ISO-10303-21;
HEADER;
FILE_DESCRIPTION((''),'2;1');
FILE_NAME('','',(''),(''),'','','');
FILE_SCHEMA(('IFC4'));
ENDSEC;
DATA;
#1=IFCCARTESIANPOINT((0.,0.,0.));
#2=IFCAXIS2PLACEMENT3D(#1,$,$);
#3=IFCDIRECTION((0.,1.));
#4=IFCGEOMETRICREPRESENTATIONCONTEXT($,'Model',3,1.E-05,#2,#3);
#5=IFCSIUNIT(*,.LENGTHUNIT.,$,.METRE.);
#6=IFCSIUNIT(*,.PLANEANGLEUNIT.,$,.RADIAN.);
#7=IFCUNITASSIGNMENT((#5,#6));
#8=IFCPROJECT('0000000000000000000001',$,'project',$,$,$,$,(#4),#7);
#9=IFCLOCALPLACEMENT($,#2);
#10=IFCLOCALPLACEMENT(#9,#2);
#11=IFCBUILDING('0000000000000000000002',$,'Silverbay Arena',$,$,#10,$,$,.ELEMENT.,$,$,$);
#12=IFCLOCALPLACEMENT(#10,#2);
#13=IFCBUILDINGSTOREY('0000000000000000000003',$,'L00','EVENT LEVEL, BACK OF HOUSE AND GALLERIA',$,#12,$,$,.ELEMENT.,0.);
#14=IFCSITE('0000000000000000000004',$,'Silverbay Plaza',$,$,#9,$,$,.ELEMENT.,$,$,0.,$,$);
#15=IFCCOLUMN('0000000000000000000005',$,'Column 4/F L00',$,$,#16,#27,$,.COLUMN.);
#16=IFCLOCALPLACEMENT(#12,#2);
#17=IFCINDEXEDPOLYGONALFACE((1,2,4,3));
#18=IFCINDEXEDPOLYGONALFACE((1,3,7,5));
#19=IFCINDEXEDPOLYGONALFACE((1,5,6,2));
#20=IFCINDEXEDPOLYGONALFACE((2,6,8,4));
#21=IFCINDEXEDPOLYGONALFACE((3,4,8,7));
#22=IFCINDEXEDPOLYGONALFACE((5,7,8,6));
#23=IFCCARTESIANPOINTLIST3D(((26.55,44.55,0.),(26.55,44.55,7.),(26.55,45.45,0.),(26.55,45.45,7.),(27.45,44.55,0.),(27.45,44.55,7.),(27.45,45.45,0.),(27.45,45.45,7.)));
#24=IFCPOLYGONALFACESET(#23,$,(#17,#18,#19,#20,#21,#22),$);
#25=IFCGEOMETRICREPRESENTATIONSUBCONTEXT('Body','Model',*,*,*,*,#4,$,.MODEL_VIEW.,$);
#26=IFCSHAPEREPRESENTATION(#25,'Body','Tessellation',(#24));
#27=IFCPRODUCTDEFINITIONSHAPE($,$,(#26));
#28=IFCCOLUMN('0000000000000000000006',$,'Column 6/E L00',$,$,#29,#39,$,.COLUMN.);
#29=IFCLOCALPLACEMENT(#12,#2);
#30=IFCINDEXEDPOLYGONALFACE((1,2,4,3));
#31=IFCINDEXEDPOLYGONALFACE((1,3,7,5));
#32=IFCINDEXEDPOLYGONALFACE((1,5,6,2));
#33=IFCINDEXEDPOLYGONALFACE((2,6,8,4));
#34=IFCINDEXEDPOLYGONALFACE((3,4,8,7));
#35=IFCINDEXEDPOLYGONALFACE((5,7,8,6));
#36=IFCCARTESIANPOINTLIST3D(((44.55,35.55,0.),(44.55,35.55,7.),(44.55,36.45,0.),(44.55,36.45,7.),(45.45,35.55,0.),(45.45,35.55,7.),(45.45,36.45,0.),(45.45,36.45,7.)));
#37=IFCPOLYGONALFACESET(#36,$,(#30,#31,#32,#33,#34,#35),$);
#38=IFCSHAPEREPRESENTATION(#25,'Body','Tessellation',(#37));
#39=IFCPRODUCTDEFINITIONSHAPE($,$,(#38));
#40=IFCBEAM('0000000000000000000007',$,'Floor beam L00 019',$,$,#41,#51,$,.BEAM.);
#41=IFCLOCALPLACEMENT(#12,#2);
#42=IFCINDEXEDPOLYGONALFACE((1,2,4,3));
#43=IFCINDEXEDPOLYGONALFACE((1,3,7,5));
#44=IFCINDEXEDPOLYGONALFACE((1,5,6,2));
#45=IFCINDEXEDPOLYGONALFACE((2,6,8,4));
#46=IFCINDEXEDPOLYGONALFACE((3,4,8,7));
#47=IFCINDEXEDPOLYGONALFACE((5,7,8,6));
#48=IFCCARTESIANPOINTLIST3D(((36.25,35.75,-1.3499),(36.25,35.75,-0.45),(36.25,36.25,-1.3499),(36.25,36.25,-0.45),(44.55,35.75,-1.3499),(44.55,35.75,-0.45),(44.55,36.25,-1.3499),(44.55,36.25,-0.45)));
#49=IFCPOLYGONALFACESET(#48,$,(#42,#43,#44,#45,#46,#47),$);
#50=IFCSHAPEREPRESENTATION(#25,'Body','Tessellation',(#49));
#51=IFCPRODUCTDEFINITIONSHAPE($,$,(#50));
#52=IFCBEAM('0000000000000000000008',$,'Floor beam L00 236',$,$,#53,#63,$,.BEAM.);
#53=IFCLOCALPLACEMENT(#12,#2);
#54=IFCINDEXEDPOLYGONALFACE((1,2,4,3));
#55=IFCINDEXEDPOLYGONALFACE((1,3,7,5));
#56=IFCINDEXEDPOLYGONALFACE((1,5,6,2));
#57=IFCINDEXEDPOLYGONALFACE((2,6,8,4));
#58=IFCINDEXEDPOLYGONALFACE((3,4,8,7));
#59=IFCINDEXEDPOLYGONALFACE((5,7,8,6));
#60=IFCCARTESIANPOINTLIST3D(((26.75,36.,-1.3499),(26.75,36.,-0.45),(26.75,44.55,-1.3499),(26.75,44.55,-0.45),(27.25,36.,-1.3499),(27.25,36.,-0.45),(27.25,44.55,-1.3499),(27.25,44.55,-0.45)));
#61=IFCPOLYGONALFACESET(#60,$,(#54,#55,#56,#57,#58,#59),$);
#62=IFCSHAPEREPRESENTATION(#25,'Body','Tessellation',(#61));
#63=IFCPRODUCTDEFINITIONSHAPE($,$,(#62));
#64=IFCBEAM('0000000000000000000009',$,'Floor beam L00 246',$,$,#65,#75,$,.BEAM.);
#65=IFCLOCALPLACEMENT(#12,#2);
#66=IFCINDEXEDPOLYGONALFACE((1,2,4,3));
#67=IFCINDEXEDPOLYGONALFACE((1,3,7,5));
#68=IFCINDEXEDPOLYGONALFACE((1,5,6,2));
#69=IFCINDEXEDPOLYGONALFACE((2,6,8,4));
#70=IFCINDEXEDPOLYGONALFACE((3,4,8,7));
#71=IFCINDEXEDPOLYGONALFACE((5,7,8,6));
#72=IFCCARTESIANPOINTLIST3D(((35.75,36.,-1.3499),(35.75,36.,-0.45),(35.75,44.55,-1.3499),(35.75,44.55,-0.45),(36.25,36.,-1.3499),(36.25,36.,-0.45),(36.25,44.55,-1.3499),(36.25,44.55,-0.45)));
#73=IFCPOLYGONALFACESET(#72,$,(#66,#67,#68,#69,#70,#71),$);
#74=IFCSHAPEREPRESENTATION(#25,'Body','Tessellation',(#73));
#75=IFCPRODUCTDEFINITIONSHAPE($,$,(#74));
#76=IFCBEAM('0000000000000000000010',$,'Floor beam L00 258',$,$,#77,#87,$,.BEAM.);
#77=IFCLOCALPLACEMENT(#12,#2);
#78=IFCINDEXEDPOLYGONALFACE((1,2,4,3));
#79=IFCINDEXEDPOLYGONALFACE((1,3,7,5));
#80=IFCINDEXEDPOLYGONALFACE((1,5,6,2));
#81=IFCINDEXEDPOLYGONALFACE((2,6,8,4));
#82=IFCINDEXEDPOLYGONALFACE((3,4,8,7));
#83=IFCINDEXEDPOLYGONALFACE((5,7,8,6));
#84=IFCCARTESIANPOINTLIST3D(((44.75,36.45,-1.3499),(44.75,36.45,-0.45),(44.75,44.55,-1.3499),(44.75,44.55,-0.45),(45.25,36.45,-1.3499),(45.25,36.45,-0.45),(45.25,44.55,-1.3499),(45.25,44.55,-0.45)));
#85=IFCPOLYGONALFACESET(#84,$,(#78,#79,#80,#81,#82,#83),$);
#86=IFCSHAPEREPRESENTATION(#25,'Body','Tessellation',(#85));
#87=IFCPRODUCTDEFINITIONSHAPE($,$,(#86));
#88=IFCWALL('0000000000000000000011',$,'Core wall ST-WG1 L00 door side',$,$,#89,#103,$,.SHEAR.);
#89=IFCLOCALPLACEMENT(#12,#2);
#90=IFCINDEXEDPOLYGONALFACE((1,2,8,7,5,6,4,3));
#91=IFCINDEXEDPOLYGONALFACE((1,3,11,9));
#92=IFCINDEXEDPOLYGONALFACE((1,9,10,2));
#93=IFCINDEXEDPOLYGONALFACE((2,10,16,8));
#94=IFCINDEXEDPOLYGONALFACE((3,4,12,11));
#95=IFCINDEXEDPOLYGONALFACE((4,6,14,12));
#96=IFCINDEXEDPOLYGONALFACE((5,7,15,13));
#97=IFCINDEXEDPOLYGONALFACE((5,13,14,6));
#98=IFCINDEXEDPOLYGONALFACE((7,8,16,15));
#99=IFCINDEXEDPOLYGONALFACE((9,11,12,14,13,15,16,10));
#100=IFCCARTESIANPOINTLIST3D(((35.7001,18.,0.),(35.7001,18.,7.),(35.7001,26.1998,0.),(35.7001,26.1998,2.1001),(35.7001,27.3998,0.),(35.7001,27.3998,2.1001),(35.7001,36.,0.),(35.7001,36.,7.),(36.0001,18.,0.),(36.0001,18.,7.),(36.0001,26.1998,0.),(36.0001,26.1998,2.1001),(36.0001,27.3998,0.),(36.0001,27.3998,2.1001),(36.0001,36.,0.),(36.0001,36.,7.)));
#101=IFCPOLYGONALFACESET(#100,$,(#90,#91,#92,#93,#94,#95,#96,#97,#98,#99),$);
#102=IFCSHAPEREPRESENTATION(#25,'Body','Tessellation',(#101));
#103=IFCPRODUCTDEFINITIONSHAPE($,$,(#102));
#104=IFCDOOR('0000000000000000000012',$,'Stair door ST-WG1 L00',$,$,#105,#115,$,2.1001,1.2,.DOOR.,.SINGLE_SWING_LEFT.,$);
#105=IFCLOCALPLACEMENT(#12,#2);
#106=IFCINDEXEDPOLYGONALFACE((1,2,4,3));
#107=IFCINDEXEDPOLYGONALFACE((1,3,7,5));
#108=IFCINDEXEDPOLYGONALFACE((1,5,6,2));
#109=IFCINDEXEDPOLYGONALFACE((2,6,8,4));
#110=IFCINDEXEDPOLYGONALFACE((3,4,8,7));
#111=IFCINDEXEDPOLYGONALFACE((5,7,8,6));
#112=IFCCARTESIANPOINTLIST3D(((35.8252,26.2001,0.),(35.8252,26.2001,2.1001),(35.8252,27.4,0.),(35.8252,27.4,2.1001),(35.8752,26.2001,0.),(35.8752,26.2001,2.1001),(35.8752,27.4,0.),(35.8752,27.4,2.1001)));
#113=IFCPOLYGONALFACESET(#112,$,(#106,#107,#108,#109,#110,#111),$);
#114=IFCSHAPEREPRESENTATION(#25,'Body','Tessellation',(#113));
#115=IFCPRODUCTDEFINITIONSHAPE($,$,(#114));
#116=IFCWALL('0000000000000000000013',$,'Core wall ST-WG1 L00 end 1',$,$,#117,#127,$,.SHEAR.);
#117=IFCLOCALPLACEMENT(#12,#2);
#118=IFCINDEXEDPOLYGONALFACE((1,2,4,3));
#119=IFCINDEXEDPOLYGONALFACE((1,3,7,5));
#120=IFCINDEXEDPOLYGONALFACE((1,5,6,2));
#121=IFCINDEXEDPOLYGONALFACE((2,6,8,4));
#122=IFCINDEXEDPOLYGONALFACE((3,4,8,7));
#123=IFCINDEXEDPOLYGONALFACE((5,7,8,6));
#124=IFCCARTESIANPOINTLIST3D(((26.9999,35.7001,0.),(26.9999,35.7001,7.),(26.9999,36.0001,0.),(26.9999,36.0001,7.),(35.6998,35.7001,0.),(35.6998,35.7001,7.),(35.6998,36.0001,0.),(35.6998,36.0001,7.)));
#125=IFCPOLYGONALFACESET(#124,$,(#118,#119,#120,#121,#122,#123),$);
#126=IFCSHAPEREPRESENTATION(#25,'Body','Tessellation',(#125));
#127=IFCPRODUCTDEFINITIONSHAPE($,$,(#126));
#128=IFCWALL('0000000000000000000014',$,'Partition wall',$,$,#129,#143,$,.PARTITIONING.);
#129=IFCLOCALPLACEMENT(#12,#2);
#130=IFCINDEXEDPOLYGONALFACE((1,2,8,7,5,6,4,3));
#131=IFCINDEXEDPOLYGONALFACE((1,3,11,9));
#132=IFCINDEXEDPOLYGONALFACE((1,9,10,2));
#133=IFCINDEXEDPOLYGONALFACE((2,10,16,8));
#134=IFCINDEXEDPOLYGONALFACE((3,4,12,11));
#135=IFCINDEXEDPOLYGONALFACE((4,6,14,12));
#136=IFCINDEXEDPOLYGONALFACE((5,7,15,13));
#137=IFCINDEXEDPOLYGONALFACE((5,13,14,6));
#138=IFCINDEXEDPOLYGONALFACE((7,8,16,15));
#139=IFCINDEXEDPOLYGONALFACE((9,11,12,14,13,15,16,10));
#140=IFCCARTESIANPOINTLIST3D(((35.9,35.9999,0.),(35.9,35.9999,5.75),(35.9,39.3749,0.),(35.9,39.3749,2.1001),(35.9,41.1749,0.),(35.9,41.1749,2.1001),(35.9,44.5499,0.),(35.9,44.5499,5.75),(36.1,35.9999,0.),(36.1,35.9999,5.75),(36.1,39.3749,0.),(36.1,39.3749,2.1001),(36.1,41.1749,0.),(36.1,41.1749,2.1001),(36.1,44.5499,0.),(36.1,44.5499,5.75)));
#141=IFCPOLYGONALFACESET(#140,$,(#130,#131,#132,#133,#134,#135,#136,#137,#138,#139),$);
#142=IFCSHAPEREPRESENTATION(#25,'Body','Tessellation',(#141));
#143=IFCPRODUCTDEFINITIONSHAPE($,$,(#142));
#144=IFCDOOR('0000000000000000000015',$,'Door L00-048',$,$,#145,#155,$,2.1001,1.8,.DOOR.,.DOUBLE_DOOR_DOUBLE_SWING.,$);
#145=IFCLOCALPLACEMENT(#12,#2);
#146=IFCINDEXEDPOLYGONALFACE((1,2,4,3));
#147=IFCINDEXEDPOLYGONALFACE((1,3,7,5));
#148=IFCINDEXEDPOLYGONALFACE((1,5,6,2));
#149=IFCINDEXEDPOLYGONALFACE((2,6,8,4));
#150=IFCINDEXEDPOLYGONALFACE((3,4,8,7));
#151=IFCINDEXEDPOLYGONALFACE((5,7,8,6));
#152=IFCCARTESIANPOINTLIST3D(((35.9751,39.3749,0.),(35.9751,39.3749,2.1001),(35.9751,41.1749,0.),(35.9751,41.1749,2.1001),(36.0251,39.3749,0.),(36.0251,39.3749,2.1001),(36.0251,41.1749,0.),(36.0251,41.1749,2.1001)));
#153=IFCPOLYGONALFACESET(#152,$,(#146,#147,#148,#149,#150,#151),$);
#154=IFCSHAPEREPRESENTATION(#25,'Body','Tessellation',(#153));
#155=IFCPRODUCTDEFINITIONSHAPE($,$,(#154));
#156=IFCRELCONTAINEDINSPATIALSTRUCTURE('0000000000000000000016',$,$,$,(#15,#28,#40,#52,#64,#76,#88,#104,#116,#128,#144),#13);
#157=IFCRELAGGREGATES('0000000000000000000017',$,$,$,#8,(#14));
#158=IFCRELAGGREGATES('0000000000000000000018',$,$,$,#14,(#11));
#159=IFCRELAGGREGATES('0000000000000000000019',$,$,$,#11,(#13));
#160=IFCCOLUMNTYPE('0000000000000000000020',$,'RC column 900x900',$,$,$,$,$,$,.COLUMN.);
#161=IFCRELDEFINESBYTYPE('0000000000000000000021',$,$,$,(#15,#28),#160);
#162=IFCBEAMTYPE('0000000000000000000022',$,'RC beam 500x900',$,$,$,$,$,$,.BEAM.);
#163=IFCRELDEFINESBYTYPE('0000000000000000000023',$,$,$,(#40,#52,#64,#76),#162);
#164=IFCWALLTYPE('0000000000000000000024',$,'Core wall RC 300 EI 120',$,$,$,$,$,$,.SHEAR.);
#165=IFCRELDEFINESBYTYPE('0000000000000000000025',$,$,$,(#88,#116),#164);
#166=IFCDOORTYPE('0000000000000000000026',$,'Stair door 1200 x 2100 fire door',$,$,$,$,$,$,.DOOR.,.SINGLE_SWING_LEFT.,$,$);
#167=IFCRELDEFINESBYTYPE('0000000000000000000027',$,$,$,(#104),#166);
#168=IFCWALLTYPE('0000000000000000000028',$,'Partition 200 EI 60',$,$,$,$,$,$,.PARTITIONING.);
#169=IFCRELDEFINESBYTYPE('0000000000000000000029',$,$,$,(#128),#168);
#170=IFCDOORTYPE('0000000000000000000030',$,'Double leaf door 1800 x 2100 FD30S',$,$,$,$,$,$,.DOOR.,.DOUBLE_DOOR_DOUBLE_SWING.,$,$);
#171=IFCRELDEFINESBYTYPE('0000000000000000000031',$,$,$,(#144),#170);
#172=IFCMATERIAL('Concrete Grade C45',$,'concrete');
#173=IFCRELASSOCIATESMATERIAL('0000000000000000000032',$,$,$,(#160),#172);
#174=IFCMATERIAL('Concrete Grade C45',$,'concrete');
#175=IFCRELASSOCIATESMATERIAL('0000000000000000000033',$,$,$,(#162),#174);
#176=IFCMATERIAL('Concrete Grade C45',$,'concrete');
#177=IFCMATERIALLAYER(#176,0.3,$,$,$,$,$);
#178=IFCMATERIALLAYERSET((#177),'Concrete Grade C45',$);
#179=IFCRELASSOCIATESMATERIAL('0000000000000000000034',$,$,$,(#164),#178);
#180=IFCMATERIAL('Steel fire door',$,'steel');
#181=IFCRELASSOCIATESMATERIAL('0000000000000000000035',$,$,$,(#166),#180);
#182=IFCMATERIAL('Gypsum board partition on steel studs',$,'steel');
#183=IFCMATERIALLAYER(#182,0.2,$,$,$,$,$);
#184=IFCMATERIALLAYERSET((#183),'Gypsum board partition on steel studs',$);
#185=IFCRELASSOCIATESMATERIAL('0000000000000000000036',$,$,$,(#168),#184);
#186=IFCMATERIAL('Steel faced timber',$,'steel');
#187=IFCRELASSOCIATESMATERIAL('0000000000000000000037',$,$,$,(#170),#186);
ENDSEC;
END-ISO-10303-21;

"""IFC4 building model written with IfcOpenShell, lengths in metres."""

from ifc_helpers import new_model, si_unit, direction, frame, frame_2d, origin, origin_2d, place, context, subcontext, project, spatial, rectangle, extrude, material, layer, layer_set, material_profile, profile_set, type_object, element, fill, save


model = new_model("IFC4")

# Units and contexts
model_context = context("Model", 3, precision=1e-05, world=origin(), true_north=direction((0.0, 1.0)))
body_context = subcontext(model_context, "Body", "Model", "MODEL_VIEW")
ifc_project = project(units=[si_unit("LENGTHUNIT", "METRE"), si_unit("PLANEANGLEUNIT", "RADIAN")], contexts=[model_context])

# Site, building, storey
site_placement = place(None, origin())
site = spatial("IfcSite", under=ifc_project, at=site_placement, Name="Silverbay Plaza", CompositionType="ELEMENT", RefElevation=0.0)
building_placement = place(site_placement, origin())
building = spatial("IfcBuilding", under=site, at=building_placement, Name="Silverbay Arena", CompositionType="ELEMENT")
storey_placement = place(building_placement, origin())
storey = spatial("IfcBuildingStorey", under=building, at=storey_placement, Name="L00", Description="EVENT LEVEL, BACK OF HOUSE AND GALLERIA", CompositionType="ELEMENT", Elevation=0.0)

# Columns
ifc_material_1 = material(Name="Concrete Grade C45", Category="concrete")
ifc_material_profile_1 = material_profile(ifc_material_1, rectangle(XDim=0.8999, YDim=0.8999, at=origin_2d()), Name="RC 900x900")
ifc_profile_set_1 = profile_set([ifc_material_profile_1], Name="Concrete Grade C45")
column_type = type_object("IfcColumnType", Name="RC column 900x900", PredefinedType="COLUMN", material=ifc_profile_set_1)
for number, where, z_axis, x_axis, name in (
    (1, (27.0, 45.0, 0.0), (0.0, 0.0, 1.0), (1.0, 0.0, 0.0), "Column 4/F L00"),
    (2, (45.0, 36.0, 0.0), (0.0, 0.0, 1.0), (1.0, 0.0, 0.0), "Column 6/E L00"),
):
    element("IfcColumn", number, at=place(storey_placement, frame(where, z_axis=z_axis, x_axis=x_axis)), inside=storey, type_object=column_type, Name=name, PredefinedType="COLUMN", context=body_context, shape_type="SweptSolid", body=[
        extrude(rectangle(XDim=0.8999, YDim=0.8999, at=origin_2d()), origin(), (0.0, 0.0, 1.0), 7.0),
    ])

# Beams
ifc_material_2 = material(Name="Concrete Grade C45", Category="concrete")
ifc_material_profile_2 = material_profile(ifc_material_2, rectangle(XDim=0.5, YDim=0.8999, at=origin_2d()), Name="RC 500x900")
ifc_profile_set_2 = profile_set([ifc_material_profile_2], Name="Concrete Grade C45")
beam_type = type_object("IfcBeamType", Name="RC beam 500x900", PredefinedType="BEAM", material=ifc_profile_set_2)
beam_1_placement = place(storey_placement, frame((36.25, 36.0, -0.8999), z_axis=(1.0, 0.0, 0.0), x_axis=(0.0, 1.0, 0.0)))
element("IfcBeam", 3, at=beam_1_placement, inside=storey, type_object=beam_type, Name="Floor beam L00 019", PredefinedType="BEAM", context=body_context, shape_type="SweptSolid", body=[
    extrude(rectangle(XDim=0.5, YDim=0.8999, at=origin_2d()), origin(), (0.0, 0.0, 1.0), 8.3),
])
for number, where, z_axis, x_axis, name in (
    (4, (27.0, 36.0, -0.8999), (0.0, 1.0, 0.0), (-1.0, 0.0, 0.0), "Floor beam L00 236"),
    (5, (36.0, 36.0, -0.8999), (0.0, 1.0, 0.0), (-1.0, 0.0, 0.0), "Floor beam L00 246"),
):
    element("IfcBeam", number, at=place(storey_placement, frame(where, z_axis=z_axis, x_axis=x_axis)), inside=storey, type_object=beam_type, Name=name, PredefinedType="BEAM", context=body_context, shape_type="SweptSolid", body=[
        extrude(rectangle(XDim=0.5, YDim=0.8999, at=origin_2d()), origin(), (0.0, 0.0, 1.0), 8.55),
    ])
beam_2_placement = place(storey_placement, frame((45.0, 36.45, -0.8999), z_axis=(0.0, 1.0, 0.0), x_axis=(-1.0, 0.0, 0.0)))
element("IfcBeam", 6, at=beam_2_placement, inside=storey, type_object=beam_type, Name="Floor beam L00 258", PredefinedType="BEAM", context=body_context, shape_type="SweptSolid", body=[
    extrude(rectangle(XDim=0.5, YDim=0.8999, at=origin_2d()), origin(), (0.0, 0.0, 1.0), 8.1001),
])

# Wall, opening, door
ifc_material_3 = material(Name="Concrete Grade C45", Category="concrete")
ifc_layer_1 = layer(ifc_material_3, 0.3)
ifc_layer_set_1 = layer_set([ifc_layer_1], Name="Concrete Grade C45")
wall_type_1 = type_object("IfcWallType", Name="Core wall RC 300 EI 120", PredefinedType="SHEAR", material=ifc_layer_set_1)
wall_1_placement = place(storey_placement, frame((35.8501, 36.0, 0.0), z_axis=(0.0, 0.0, 1.0), x_axis=(0.0, -1.0, 0.0)))
wall_1 = element("IfcWall", 7, at=wall_1_placement, inside=storey, type_object=wall_type_1, Name="Core wall ST-WG1 L00 door side", PredefinedType="SHEAR", context=body_context, shape_type="SweptSolid", body=[
    extrude(rectangle(XDim=18.0, YDim=0.3, at=frame_2d((9.0, 0.0))), origin(), (0.0, 0.0, 1.0), 7.0),
])
opening_1_placement = place(wall_1_placement, frame((8.6001, 0.0, 0.0)))
opening_1 = element("IfcOpeningElement", 8, at=opening_1_placement, cuts=wall_1, PredefinedType="OPENING", context=body_context, shape_type="SweptSolid", body=[
    extrude(rectangle(XDim=1.2, YDim=2.1001, at=frame_2d((0.6001, 1.05))), frame((0.0, 0.1602, 0.0), z_axis=(0.0, -1.0, 0.0), x_axis=(1.0, 0.0, 0.0)), (0.0, 0.0, 1.0), 0.3201),
])
ifc_material_4 = material(Name="Steel fire door", Category="steel")
door_type_1 = type_object("IfcDoorType", Name="Stair door 1200 x 2100 fire door", OperationType="SINGLE_SWING_LEFT", PredefinedType="DOOR", material=ifc_material_4)
door_1_placement = place(opening_1_placement, frame((1.2, 0.0, 0.0), z_axis=(0.0, 0.0, 1.0), x_axis=(-1.0, 0.0, 0.0)))
door_1 = element("IfcDoor", 9, at=door_1_placement, inside=storey, type_object=door_type_1, Name="Stair door ST-WG1 L00", OperationType="SINGLE_SWING_LEFT", OverallHeight=2.1001, OverallWidth=1.2, PredefinedType="DOOR", context=body_context, shape_type="SweptSolid", body=[
    extrude(rectangle(XDim=1.2, YDim=2.1001, at=frame_2d((0.6001, 1.05))), frame((0.0, 0.0249, 0.0), z_axis=(0.0, -1.0, 0.0), x_axis=(1.0, 0.0, 0.0)), (0.0, 0.0, 1.0), 0.05),
])
fill(opening_1, door_1)

# Wall
wall_2_placement = place(storey_placement, frame((35.7, 35.8501, 0.0), z_axis=(0.0, 0.0, 1.0), x_axis=(-1.0, 0.0, 0.0)))
element("IfcWall", 10, at=wall_2_placement, inside=storey, type_object=wall_type_1, Name="Core wall ST-WG1 L00 end 1", PredefinedType="SHEAR", context=body_context, shape_type="SweptSolid", body=[
    extrude(rectangle(XDim=8.7, YDim=0.3, at=frame_2d((4.3501, 0.0))), origin(), (0.0, 0.0, 1.0), 7.0),
])

# Wall, opening, door
ifc_material_5 = material(Name="Gypsum board partition on steel studs", Category="steel")
ifc_layer_2 = layer(ifc_material_5, 0.2)
ifc_layer_set_2 = layer_set([ifc_layer_2], Name="Gypsum board partition on steel studs")
wall_type_2 = type_object("IfcWallType", Name="Partition 200 EI 60", PredefinedType="PARTITIONING", material=ifc_layer_set_2)
wall_3_placement = place(storey_placement, frame((36.0, 36.0, 0.0), z_axis=(0.0, 0.0, 1.0), x_axis=(0.0, 1.0, 0.0)))
wall_3 = element("IfcWall", 11, at=wall_3_placement, inside=storey, type_object=wall_type_2, Name="Partition wall", PredefinedType="PARTITIONING", context=body_context, shape_type="SweptSolid", body=[
    extrude(rectangle(XDim=8.55, YDim=0.2, at=frame_2d((4.2749, 0.0))), origin(), (0.0, 0.0, 1.0), 5.75),
])
opening_2_placement = place(wall_3_placement, frame((3.375, 0.0, 0.0)))
opening_2 = element("IfcOpeningElement", 12, at=opening_2_placement, cuts=wall_3, PredefinedType="OPENING", context=body_context, shape_type="SweptSolid", body=[
    extrude(rectangle(XDim=1.8, YDim=2.1001, at=frame_2d((0.8999, 1.05))), frame((0.0, 0.1099, 0.0), z_axis=(0.0, -1.0, 0.0), x_axis=(1.0, 0.0, 0.0)), (0.0, 0.0, 1.0), 0.22),
])
ifc_material_6 = material(Name="Steel faced timber", Category="steel")
door_type_2 = type_object("IfcDoorType", Name="Double leaf door 1800 x 2100 FD30S", OperationType="DOUBLE_DOOR_DOUBLE_SWING", PredefinedType="DOOR", material=ifc_material_6)
door_2_placement = place(opening_2_placement, origin())
door_2 = element("IfcDoor", 13, at=door_2_placement, inside=storey, type_object=door_type_2, Name="Door L00-048", OperationType="DOUBLE_DOOR_DOUBLE_SWING", OverallHeight=2.1001, OverallWidth=1.8, PredefinedType="DOOR", context=body_context, shape_type="SweptSolid", body=[
    extrude(rectangle(XDim=1.8, YDim=2.1001, at=frame_2d((0.8999, 1.05))), frame((0.0, 0.0249, 0.0), z_axis=(0.0, -1.0, 0.0), x_axis=(1.0, 0.0, 0.0)), (0.0, 0.0, 1.0), 0.05),
])
fill(opening_2, door_2)

save(model, "model.ifc")
